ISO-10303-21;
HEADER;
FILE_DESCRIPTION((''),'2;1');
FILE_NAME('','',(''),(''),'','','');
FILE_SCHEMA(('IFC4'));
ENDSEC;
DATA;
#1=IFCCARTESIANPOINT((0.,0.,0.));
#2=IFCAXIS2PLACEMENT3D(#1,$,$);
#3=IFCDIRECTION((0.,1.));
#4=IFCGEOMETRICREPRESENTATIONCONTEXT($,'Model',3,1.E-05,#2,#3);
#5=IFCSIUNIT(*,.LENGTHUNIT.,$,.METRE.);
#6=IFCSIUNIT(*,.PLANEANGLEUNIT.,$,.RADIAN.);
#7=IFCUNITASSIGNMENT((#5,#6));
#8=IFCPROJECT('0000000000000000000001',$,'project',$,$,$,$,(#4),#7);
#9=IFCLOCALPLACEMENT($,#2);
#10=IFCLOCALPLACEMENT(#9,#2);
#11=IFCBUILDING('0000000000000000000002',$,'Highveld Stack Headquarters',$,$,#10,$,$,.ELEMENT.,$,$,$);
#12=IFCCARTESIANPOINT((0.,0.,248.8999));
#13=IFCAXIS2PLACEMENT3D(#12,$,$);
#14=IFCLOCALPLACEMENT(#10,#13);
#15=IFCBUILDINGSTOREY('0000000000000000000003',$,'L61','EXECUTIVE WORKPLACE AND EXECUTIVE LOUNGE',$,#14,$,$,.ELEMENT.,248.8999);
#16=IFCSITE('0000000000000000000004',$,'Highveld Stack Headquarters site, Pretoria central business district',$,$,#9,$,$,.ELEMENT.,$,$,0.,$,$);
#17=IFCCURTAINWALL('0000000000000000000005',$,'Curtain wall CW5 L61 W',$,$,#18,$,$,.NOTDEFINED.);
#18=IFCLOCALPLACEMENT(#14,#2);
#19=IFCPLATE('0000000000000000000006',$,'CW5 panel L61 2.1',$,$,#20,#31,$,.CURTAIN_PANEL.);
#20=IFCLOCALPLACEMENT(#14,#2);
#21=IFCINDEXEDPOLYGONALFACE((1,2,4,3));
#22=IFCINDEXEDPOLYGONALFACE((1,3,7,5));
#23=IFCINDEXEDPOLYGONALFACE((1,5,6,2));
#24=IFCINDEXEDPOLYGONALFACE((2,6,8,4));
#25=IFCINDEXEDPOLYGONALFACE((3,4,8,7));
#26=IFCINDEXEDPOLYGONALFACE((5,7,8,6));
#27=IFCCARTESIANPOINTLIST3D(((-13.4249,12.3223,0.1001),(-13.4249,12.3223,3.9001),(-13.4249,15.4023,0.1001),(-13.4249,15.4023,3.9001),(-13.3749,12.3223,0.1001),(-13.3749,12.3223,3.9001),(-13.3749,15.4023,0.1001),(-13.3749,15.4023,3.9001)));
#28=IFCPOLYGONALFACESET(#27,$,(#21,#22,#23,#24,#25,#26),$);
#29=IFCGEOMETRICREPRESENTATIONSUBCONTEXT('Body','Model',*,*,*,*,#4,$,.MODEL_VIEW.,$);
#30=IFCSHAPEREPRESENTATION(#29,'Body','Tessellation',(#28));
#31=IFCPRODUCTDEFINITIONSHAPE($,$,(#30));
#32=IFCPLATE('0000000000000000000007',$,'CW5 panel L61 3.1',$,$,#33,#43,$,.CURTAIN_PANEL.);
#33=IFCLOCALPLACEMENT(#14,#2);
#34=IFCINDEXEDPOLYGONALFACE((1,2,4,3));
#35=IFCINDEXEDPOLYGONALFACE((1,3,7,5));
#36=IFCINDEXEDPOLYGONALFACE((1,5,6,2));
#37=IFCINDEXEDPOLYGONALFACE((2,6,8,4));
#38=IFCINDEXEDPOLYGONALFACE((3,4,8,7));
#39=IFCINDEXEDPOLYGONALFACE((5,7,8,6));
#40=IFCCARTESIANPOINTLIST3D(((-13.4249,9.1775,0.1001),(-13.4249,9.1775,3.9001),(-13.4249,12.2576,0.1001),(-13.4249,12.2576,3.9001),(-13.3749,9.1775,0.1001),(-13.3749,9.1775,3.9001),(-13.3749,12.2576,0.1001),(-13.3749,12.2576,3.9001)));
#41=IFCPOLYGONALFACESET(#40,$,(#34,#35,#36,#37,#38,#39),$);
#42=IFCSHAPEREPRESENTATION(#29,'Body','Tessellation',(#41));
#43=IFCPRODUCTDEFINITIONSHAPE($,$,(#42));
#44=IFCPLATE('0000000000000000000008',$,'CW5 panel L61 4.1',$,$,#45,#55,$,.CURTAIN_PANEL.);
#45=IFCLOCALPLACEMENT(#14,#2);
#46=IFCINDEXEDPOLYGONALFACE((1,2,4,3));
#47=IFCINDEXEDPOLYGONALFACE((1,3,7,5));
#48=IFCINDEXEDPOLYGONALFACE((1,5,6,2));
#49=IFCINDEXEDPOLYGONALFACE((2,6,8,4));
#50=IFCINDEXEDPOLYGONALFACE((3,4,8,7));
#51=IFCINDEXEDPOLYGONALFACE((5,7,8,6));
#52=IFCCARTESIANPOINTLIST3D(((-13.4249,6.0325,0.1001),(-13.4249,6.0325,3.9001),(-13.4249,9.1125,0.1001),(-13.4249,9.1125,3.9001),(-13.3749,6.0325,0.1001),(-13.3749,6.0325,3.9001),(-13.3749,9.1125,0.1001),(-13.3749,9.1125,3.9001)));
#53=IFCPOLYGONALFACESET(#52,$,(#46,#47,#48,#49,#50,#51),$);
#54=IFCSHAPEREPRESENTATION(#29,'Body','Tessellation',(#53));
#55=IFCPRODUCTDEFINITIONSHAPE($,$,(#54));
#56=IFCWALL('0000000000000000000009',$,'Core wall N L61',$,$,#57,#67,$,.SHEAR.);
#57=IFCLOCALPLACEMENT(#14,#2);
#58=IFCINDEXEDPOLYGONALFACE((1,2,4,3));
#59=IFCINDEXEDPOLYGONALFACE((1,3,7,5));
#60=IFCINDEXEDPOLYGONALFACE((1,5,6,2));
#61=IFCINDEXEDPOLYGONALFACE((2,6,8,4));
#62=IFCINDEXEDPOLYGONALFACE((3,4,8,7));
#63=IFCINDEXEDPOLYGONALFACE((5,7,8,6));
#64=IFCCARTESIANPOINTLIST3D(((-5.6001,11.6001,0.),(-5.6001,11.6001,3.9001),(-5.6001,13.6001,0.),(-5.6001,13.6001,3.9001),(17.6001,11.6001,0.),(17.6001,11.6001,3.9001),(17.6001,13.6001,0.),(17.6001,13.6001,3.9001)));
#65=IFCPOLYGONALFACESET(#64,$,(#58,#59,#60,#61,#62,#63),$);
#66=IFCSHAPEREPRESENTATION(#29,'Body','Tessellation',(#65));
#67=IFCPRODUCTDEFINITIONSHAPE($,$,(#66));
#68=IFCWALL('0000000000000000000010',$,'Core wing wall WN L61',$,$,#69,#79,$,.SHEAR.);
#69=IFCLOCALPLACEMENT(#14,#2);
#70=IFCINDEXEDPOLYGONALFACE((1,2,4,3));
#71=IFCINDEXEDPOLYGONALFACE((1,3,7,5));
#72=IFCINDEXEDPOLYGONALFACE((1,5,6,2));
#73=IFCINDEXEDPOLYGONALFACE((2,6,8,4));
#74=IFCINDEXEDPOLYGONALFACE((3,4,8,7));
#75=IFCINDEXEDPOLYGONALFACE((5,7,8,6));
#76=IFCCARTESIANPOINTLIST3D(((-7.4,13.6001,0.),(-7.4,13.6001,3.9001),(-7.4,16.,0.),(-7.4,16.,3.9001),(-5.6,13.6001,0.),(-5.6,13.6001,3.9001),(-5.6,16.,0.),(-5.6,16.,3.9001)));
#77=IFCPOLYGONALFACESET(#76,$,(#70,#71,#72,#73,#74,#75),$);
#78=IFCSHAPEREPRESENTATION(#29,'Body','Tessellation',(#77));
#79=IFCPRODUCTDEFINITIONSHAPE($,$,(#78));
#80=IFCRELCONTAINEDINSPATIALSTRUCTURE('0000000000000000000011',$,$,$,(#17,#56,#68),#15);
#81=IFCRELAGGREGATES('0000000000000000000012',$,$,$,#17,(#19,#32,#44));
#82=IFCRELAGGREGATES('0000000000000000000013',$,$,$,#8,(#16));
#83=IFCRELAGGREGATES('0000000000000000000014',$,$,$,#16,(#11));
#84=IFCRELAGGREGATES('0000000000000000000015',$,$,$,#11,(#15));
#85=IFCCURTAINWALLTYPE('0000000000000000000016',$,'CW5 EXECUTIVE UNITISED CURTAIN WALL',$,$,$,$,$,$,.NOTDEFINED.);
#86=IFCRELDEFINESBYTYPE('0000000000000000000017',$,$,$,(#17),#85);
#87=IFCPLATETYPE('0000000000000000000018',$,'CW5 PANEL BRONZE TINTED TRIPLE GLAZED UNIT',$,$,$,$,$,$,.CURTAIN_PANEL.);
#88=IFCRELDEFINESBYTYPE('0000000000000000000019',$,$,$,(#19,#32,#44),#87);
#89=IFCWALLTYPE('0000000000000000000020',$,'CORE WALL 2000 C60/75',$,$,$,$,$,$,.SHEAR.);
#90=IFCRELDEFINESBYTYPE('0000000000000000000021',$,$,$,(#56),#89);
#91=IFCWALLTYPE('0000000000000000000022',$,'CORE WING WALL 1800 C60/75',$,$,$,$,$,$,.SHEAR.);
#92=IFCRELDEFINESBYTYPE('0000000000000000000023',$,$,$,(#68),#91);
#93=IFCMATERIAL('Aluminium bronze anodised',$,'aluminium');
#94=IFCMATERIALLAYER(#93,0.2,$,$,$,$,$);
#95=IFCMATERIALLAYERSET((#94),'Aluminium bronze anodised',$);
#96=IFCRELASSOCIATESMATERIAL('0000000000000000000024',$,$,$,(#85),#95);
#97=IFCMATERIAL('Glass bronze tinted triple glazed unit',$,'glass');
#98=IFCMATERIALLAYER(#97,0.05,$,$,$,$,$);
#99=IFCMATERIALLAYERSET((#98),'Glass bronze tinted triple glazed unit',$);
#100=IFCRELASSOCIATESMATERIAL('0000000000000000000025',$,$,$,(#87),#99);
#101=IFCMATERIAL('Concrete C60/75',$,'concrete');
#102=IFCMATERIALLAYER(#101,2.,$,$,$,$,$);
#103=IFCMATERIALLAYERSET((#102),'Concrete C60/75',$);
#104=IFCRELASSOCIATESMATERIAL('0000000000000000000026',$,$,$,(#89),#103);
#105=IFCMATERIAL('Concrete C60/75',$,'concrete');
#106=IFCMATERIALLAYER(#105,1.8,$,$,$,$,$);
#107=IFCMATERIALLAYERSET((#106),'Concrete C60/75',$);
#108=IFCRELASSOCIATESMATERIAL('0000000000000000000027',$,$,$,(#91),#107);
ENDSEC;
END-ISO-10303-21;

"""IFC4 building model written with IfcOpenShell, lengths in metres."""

from ifc_helpers import new_model, si_unit, direction, frame, frame_2d, origin, origin_2d, place, context, subcontext, project, spatial, rectangle, extrude, material, layer, layer_set, type_object, element, aggregate, save


model = new_model("IFC4")

# Units and contexts
model_context = context("Model", 3, precision=1e-05, world=origin(), true_north=direction((0.0, 1.0)))
body_context = subcontext(model_context, "Body", "Model", "MODEL_VIEW")
ifc_project = project(units=[si_unit("LENGTHUNIT", "METRE"), si_unit("PLANEANGLEUNIT", "RADIAN")], contexts=[model_context])

# Site, building, storey
site_placement = place(None, origin())
site = spatial("IfcSite", under=ifc_project, at=site_placement, Name="Highveld Stack Headquarters site, Pretoria central business district", CompositionType="ELEMENT", RefElevation=0.0)
building_placement = place(site_placement, origin())
building = spatial("IfcBuilding", under=site, at=building_placement, Name="Highveld Stack Headquarters", CompositionType="ELEMENT")
storey_placement = place(building_placement, frame((0.0, 0.0, 248.8999)))
storey = spatial("IfcBuildingStorey", under=building, at=storey_placement, Name="L61", Description="EXECUTIVE WORKPLACE AND EXECUTIVE LOUNGE", CompositionType="ELEMENT", Elevation=248.8999)

# Curtain wall, plates
ifc_material_1 = material(Name="Aluminium bronze anodised", Category="aluminium")
ifc_layer_1 = layer(ifc_material_1, 0.2)
ifc_layer_set_1 = layer_set([ifc_layer_1], Name="Aluminium bronze anodised")
curtain_wall_type = type_object("IfcCurtainWallType", Name="CW5 EXECUTIVE UNITISED CURTAIN WALL", PredefinedType="NOTDEFINED", material=ifc_layer_set_1)
curtain_wall_placement = place(storey_placement, origin())
curtain_wall = element("IfcCurtainWall", 1, at=curtain_wall_placement, inside=storey, type_object=curtain_wall_type, Name="Curtain wall CW5 L61 W", PredefinedType="NOTDEFINED")
ifc_material_2 = material(Name="Glass bronze tinted triple glazed unit", Category="glass")
ifc_layer_2 = layer(ifc_material_2, 0.05)
ifc_layer_set_2 = layer_set([ifc_layer_2], Name="Glass bronze tinted triple glazed unit")
plate_type = type_object("IfcPlateType", Name="CW5 PANEL BRONZE TINTED TRIPLE GLAZED UNIT", PredefinedType="CURTAIN_PANEL", material=ifc_layer_set_2)
plate_1_placement = place(storey_placement, frame((-13.3999, 13.8623, 0.1001), z_axis=(0.0, 0.0, 1.0), x_axis=(0.0, -1.0, 0.0)))
plate_1 = element("IfcPlate", 2, at=plate_1_placement, type_object=plate_type, Name="CW5 panel L61 2.1", PredefinedType="CURTAIN_PANEL", context=body_context, shape_type="SweptSolid", body=[
    extrude(rectangle(XDim=3.0801, YDim=0.05, at=origin_2d()), origin(), (0.0, 0.0, 1.0), 3.8),
])
plate_2_placement = place(storey_placement, frame((-13.3999, 10.7175, 0.1001), z_axis=(0.0, 0.0, 1.0), x_axis=(0.0, -1.0, 0.0)))
plate_2 = element("IfcPlate", 3, at=plate_2_placement, type_object=plate_type, Name="CW5 panel L61 3.1", PredefinedType="CURTAIN_PANEL", context=body_context, shape_type="SweptSolid", body=[
    extrude(rectangle(XDim=3.0801, YDim=0.05, at=origin_2d()), origin(), (0.0, 0.0, 1.0), 3.8),
])
plate_3_placement = place(storey_placement, frame((-13.3999, 7.5725, 0.1001), z_axis=(0.0, 0.0, 1.0), x_axis=(0.0, -1.0, 0.0)))
plate_3 = element("IfcPlate", 4, at=plate_3_placement, type_object=plate_type, Name="CW5 panel L61 4.1", PredefinedType="CURTAIN_PANEL", context=body_context, shape_type="SweptSolid", body=[
    extrude(rectangle(XDim=3.0801, YDim=0.05, at=origin_2d()), origin(), (0.0, 0.0, 1.0), 3.8),
])
aggregate(curtain_wall, [plate_1, plate_2, plate_3])

# Walls
ifc_material_3 = material(Name="Concrete C60/75", Category="concrete")
ifc_layer_3 = layer(ifc_material_3, 2.0)
ifc_layer_set_3 = layer_set([ifc_layer_3], Name="Concrete C60/75")
wall_type_1 = type_object("IfcWallType", Name="CORE WALL 2000 C60/75", PredefinedType="SHEAR", material=ifc_layer_set_3)
wall_1_placement = place(storey_placement, frame((-5.6001, 12.6001, 0.0), z_axis=(0.0, 0.0, 1.0), x_axis=(1.0, 0.0, 0.0)))
element("IfcWall", 5, at=wall_1_placement, inside=storey, type_object=wall_type_1, Name="Core wall N L61", PredefinedType="SHEAR", context=body_context, shape_type="SweptSolid", body=[
    extrude(rectangle(XDim=23.2002, YDim=2.0, at=frame_2d((11.6001, 0.0))), origin(), (0.0, 0.0, 1.0), 3.9001),
])
ifc_material_4 = material(Name="Concrete C60/75", Category="concrete")
ifc_layer_4 = layer(ifc_material_4, 1.8)
ifc_layer_set_4 = layer_set([ifc_layer_4], Name="Concrete C60/75")
wall_type_2 = type_object("IfcWallType", Name="CORE WING WALL 1800 C60/75", PredefinedType="SHEAR", material=ifc_layer_set_4)
wall_2_placement = place(storey_placement, frame((-6.5, 13.6001, 0.0), z_axis=(0.0, 0.0, 1.0), x_axis=(0.0, 1.0, 0.0)))
element("IfcWall", 6, at=wall_2_placement, inside=storey, type_object=wall_type_2, Name="Core wing wall WN L61", PredefinedType="SHEAR", context=body_context, shape_type="SweptSolid", body=[
    extrude(rectangle(XDim=2.3999, YDim=1.8, at=frame_2d((1.2, 0.0))), origin(), (0.0, 0.0, 1.0), 3.9001),
])

save(model, "model.ifc")
